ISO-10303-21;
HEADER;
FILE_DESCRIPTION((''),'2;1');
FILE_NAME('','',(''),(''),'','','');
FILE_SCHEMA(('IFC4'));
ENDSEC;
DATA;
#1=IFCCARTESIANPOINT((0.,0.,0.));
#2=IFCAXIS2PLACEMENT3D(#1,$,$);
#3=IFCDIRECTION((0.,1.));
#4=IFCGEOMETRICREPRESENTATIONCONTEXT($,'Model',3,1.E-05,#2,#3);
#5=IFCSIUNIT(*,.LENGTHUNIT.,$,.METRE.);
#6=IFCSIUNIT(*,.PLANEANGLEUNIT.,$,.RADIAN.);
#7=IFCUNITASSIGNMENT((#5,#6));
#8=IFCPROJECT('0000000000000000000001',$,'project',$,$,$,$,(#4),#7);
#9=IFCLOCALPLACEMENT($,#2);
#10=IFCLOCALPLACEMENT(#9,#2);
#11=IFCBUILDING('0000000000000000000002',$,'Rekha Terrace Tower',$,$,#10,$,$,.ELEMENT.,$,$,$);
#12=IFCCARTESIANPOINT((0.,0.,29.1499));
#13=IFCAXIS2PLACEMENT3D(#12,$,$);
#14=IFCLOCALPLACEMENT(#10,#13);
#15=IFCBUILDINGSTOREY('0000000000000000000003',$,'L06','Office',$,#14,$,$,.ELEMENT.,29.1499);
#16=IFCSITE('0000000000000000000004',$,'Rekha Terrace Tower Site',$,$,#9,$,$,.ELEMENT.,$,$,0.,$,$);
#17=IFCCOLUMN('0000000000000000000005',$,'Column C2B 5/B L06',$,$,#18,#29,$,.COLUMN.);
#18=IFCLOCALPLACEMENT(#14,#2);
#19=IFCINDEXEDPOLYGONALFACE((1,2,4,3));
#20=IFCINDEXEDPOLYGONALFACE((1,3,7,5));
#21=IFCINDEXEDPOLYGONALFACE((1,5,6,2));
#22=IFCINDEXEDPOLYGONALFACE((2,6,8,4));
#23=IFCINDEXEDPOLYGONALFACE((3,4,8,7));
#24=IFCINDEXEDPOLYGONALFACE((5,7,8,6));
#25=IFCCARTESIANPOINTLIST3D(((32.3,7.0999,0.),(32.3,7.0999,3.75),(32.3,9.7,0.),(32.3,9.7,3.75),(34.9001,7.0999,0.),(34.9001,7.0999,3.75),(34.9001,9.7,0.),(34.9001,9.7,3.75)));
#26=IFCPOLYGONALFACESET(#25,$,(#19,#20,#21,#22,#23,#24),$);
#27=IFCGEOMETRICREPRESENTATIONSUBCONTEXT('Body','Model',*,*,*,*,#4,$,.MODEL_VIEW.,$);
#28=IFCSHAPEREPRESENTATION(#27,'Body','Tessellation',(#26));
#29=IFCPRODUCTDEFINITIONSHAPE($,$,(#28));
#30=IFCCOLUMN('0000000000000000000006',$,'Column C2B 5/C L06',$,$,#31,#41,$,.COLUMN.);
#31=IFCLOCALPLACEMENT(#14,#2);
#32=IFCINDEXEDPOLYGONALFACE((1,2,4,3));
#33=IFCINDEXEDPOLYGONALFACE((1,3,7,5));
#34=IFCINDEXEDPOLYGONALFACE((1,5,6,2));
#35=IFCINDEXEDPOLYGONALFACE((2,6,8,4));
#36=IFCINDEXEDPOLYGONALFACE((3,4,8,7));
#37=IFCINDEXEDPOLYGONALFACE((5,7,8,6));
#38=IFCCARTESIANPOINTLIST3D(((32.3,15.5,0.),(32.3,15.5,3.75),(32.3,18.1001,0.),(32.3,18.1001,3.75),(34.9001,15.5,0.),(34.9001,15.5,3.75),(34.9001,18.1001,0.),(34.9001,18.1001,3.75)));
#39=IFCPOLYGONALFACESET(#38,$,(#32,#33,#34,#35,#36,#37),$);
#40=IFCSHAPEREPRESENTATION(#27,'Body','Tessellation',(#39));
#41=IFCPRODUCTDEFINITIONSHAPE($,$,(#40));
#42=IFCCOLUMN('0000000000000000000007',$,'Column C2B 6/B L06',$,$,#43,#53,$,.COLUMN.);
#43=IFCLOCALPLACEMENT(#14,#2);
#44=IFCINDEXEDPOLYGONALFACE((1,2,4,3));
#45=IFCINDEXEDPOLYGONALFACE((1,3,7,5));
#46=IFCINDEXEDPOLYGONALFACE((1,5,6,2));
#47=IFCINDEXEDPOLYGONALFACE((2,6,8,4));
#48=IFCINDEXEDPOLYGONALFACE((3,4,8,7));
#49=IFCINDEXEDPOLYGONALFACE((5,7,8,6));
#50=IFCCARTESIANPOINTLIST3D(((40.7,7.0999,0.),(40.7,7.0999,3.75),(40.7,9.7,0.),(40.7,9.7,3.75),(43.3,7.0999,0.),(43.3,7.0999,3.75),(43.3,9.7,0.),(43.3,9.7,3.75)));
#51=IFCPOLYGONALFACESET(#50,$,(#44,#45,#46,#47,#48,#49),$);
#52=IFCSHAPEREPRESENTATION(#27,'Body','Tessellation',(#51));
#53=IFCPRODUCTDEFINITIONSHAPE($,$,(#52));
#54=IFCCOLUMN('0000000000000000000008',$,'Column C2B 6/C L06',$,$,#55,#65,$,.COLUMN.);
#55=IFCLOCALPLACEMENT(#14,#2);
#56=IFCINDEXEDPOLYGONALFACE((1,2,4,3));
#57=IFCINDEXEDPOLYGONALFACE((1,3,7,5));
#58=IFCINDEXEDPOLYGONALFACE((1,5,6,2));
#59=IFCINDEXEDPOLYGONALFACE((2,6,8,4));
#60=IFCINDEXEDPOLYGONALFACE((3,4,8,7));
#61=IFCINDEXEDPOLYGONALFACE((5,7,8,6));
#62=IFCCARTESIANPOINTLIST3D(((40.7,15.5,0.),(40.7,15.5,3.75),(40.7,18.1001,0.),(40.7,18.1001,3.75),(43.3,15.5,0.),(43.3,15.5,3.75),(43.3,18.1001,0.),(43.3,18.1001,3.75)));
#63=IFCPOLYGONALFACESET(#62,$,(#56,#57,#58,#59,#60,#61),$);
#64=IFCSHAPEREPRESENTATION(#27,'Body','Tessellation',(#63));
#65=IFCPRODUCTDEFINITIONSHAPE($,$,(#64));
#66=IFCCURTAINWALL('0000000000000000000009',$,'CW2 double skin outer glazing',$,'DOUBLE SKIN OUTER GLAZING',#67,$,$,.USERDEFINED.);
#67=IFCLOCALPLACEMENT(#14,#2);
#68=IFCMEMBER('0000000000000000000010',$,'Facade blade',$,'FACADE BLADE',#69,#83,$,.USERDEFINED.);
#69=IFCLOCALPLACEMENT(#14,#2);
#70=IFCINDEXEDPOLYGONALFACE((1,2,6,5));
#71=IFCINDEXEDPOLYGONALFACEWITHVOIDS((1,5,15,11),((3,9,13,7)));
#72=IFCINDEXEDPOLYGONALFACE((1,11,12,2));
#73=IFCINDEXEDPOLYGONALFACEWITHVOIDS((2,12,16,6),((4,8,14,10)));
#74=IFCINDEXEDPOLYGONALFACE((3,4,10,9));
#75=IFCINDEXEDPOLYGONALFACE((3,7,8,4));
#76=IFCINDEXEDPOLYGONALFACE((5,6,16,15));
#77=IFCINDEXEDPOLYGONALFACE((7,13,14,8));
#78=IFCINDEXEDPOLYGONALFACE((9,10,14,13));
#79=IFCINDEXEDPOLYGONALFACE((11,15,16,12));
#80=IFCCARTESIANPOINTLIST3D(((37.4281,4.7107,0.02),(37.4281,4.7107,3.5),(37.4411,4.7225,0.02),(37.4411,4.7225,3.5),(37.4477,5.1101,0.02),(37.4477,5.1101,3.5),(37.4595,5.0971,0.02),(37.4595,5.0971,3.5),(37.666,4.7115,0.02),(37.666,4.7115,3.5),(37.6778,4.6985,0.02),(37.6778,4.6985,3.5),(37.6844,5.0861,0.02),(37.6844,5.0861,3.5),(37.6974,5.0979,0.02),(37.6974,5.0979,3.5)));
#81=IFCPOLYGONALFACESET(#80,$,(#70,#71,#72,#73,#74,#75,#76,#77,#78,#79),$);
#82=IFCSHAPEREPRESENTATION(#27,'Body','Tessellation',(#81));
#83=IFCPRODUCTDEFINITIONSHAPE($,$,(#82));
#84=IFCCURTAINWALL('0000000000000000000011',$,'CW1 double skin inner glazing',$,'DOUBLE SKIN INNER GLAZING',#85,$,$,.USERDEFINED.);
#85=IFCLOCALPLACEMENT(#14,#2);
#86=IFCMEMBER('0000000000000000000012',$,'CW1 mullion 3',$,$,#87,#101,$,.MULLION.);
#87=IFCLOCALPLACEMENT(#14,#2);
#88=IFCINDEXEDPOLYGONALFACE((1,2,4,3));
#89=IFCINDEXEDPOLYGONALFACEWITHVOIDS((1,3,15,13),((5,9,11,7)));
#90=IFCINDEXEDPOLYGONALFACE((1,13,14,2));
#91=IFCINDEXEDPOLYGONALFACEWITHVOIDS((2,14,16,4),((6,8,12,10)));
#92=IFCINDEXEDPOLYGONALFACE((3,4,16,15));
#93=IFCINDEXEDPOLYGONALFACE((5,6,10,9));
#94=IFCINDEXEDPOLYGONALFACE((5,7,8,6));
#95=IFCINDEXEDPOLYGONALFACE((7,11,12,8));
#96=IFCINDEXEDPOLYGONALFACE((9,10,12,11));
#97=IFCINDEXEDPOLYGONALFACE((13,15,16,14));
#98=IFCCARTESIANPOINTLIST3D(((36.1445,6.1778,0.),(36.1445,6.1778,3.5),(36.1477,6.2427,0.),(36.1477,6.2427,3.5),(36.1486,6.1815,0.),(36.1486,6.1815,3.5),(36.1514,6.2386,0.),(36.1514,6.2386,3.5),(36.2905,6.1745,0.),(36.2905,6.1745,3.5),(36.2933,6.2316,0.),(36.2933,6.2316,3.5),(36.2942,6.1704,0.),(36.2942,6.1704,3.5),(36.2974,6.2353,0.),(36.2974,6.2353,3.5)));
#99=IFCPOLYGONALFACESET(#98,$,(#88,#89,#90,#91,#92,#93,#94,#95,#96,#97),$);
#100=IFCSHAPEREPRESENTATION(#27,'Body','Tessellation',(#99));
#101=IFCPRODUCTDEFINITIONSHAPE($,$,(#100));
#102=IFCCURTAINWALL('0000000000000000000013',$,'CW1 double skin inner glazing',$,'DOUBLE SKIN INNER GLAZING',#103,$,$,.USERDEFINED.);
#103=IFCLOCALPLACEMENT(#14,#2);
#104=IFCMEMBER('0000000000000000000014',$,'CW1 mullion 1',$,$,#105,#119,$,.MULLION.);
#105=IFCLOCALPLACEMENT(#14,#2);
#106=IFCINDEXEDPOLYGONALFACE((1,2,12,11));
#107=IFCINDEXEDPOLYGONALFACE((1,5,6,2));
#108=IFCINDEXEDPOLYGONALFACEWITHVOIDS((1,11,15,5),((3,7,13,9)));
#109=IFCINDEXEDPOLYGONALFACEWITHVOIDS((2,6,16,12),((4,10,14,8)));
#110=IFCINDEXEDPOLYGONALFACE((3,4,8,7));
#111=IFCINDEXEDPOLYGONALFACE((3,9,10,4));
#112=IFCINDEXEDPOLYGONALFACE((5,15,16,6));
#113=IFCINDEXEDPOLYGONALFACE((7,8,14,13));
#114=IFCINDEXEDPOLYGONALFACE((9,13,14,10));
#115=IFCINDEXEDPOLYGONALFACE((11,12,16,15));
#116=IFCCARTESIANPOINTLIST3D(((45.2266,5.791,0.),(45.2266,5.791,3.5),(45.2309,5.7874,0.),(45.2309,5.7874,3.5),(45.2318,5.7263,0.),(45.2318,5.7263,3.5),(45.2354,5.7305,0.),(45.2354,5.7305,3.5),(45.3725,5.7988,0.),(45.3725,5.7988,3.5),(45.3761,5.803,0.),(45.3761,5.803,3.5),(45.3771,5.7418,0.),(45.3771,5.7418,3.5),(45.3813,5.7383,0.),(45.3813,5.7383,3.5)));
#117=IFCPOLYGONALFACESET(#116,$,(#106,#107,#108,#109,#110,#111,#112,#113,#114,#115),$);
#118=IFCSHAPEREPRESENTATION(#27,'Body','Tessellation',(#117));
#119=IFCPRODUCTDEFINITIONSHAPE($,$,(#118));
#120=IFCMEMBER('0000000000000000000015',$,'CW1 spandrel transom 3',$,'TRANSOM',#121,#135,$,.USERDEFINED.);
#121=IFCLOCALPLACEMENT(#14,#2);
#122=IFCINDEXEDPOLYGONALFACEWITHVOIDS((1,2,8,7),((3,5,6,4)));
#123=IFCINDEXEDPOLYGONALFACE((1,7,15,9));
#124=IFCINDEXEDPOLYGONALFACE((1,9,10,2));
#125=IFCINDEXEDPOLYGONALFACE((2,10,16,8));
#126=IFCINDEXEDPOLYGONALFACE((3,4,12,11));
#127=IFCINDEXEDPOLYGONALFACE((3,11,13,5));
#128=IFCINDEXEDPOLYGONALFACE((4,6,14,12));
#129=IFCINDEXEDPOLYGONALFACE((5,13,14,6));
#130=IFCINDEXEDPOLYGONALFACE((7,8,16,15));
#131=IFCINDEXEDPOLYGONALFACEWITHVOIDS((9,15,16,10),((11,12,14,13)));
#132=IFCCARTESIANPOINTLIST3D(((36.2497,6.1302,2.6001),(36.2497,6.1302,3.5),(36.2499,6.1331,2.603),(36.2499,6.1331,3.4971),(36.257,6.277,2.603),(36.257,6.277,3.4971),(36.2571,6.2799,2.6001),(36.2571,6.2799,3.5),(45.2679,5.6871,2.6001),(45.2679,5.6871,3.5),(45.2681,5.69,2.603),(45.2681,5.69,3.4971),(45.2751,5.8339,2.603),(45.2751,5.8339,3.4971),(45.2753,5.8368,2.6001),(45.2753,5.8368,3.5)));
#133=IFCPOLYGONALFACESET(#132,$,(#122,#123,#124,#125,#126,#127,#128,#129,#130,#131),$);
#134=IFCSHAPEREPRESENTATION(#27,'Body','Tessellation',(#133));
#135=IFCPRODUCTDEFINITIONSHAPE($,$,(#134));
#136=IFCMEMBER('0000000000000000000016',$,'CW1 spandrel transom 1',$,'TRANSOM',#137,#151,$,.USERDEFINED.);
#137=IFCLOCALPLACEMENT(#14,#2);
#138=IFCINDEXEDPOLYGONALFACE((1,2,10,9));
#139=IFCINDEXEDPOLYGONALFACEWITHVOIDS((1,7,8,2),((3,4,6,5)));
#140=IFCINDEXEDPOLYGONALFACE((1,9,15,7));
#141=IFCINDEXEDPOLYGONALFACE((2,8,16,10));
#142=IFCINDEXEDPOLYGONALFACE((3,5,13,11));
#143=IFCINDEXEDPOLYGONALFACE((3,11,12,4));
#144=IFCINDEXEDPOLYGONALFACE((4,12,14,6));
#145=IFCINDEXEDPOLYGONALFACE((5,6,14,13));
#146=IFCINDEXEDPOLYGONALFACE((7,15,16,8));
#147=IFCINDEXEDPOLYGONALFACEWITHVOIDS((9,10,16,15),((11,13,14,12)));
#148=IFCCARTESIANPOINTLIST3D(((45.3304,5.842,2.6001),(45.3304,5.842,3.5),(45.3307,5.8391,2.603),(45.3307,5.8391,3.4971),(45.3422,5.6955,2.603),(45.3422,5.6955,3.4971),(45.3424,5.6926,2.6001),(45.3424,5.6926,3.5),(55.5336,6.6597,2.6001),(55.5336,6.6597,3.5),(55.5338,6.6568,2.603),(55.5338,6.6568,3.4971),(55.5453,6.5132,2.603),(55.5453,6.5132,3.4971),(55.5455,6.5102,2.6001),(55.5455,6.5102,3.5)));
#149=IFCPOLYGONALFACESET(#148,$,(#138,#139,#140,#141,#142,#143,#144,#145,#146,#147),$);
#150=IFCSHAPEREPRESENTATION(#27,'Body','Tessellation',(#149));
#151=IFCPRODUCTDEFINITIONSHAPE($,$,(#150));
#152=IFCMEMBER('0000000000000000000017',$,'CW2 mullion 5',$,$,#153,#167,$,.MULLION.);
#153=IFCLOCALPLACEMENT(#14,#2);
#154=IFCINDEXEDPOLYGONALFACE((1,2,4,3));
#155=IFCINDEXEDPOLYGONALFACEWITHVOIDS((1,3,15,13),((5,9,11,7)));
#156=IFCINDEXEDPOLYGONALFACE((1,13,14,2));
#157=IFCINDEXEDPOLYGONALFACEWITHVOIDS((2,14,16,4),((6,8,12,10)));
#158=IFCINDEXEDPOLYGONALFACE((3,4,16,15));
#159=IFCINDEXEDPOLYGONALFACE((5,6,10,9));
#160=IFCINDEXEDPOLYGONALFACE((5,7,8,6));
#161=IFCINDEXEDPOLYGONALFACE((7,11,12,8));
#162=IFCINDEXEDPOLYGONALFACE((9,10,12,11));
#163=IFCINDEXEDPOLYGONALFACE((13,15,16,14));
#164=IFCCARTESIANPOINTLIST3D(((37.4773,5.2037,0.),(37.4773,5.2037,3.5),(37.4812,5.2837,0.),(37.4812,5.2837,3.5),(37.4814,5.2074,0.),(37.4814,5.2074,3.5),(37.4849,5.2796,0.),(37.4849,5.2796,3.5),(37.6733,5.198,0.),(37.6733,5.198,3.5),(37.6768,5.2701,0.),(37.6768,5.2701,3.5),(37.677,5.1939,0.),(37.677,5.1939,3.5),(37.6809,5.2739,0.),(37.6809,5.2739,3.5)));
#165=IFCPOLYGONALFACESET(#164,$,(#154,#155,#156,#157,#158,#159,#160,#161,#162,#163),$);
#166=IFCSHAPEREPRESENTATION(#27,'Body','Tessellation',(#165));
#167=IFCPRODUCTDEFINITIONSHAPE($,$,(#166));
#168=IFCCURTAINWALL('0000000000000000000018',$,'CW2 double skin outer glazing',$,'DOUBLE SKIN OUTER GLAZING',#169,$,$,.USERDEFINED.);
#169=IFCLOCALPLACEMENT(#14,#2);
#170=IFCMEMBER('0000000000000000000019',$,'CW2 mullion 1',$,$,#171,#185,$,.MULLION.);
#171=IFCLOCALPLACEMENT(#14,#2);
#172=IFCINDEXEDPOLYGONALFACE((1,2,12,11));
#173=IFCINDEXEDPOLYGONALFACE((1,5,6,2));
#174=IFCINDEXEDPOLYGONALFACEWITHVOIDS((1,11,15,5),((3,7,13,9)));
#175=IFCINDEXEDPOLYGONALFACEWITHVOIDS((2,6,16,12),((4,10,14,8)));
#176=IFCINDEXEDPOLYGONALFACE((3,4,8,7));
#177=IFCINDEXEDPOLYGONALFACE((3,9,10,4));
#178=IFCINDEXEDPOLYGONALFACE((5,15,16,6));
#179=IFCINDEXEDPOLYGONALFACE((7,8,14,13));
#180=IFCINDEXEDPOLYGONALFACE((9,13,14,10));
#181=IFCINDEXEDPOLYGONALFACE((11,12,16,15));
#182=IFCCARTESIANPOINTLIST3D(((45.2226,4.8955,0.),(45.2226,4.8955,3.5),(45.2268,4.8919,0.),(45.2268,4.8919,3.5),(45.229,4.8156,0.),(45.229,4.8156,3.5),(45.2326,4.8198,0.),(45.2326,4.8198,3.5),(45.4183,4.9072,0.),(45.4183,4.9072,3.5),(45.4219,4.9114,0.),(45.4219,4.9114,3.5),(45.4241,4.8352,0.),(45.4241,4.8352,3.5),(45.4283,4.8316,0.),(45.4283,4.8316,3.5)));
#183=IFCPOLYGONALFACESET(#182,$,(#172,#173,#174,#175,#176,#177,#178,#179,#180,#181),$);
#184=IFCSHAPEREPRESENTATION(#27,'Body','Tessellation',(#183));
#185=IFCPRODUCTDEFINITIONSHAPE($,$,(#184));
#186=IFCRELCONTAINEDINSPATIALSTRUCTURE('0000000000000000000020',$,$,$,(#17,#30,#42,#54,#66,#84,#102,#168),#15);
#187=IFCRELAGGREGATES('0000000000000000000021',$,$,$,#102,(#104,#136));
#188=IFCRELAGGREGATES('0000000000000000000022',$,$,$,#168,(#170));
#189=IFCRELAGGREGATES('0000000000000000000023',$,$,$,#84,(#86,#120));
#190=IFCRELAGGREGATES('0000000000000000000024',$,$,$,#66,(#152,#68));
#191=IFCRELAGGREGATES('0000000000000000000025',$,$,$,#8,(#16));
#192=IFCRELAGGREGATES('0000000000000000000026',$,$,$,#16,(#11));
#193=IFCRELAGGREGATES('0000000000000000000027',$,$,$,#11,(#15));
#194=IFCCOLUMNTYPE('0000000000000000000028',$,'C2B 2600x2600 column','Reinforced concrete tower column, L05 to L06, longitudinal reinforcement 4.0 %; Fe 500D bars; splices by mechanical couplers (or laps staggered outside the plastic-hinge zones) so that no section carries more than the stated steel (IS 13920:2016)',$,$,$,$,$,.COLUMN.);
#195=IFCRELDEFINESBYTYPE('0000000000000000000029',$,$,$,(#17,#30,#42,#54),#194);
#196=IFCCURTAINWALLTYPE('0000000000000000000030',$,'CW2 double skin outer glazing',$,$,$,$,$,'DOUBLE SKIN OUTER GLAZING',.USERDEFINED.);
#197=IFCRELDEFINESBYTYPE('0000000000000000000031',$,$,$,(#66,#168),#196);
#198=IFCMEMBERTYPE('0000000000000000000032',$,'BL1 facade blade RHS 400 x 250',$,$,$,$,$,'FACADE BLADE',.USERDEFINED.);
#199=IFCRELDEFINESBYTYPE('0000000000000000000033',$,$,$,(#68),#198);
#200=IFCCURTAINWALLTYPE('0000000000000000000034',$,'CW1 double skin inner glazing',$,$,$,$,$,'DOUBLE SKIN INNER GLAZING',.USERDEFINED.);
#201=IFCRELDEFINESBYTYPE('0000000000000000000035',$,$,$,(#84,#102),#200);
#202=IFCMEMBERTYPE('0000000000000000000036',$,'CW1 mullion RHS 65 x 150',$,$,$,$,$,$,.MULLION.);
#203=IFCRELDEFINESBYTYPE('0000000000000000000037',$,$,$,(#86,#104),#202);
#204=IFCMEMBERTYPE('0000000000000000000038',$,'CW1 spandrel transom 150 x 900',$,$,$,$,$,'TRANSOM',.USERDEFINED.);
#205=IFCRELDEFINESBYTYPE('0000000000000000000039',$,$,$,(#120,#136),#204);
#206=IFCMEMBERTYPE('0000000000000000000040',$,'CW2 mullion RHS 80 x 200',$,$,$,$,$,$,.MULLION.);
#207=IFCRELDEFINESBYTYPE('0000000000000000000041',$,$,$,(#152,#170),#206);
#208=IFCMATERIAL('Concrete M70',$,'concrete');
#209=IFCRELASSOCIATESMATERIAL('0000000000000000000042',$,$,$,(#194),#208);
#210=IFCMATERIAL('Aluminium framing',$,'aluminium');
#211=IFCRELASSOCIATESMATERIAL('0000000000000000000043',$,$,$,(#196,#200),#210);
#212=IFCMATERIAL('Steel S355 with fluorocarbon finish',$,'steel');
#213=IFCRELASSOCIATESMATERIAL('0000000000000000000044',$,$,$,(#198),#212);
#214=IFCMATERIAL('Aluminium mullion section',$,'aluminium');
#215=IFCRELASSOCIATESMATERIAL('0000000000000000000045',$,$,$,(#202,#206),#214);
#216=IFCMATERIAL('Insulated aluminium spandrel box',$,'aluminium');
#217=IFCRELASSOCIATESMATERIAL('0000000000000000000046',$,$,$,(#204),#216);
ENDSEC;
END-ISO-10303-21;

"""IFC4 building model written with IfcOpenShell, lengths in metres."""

from ifc_helpers import new_model, si_unit, direction, frame, origin, origin_2d, place, context, subcontext, project, spatial, rectangle, hollow_rectangle, extrude, material, material_profile, profile_set, type_object, element, aggregate, save


model = new_model("IFC4")

# Units and contexts
model_context = context("Model", 3, precision=1e-05, world=origin(), true_north=direction((0.0, 1.0)))
body_context = subcontext(model_context, "Body", "Model", "MODEL_VIEW")
ifc_project = project(units=[si_unit("LENGTHUNIT", "METRE"), si_unit("PLANEANGLEUNIT", "RADIAN")], contexts=[model_context])

# Site, building, storey
site_placement = place(None, origin())
site = spatial("IfcSite", under=ifc_project, at=site_placement, Name="Rekha Terrace Tower Site", CompositionType="ELEMENT", RefElevation=0.0)
building_placement = place(site_placement, origin())
building = spatial("IfcBuilding", under=site, at=building_placement, Name="Rekha Terrace Tower", CompositionType="ELEMENT")
storey_placement = place(building_placement, frame((0.0, 0.0, 29.1499)))
storey = spatial("IfcBuildingStorey", under=building, at=storey_placement, Name="L06", Description="Office", CompositionType="ELEMENT", Elevation=29.1499)

# Columns
ifc_material_1 = material(Name="Concrete M70", Category="concrete")
ifc_material_profile_1 = material_profile(ifc_material_1, rectangle(XDim=2.6001, YDim=2.6001, at=origin_2d()), Name="RC 2600x2600")
ifc_profile_set_1 = profile_set([ifc_material_profile_1], Name="Concrete M70")
column_type = type_object("IfcColumnType", Name="C2B 2600x2600 column", Description="Reinforced concrete tower column, L05 to L06, longitudinal reinforcement 4.0 %; Fe 500D bars; splices by mechanical couplers (or laps staggered outside the plastic-hinge zones) so that no section carries more than the stated steel (IS 13920:2016)", PredefinedType="COLUMN", material=ifc_profile_set_1)
for number, where, z_axis, x_axis, name in (
    (1, (33.6001, 8.3999, 0.0), (0.0, 0.0, 1.0), (1.0, 0.0, 0.0), "Column C2B 5/B L06"),
    (2, (33.6001, 16.8, 0.0), (0.0, 0.0, 1.0), (1.0, 0.0, 0.0), "Column C2B 5/C L06"),
    (3, (42.0, 8.3999, 0.0), (0.0, 0.0, 1.0), (1.0, 0.0, 0.0), "Column C2B 6/B L06"),
    (4, (42.0, 16.8, 0.0), (0.0, 0.0, 1.0), (1.0, 0.0, 0.0), "Column C2B 6/C L06"),
):
    element("IfcColumn", number, at=place(storey_placement, frame(where, z_axis=z_axis, x_axis=x_axis)), inside=storey, type_object=column_type, Name=name, PredefinedType="COLUMN", context=body_context, shape_type="SweptSolid", body=[
        extrude(rectangle(XDim=2.6001, YDim=2.6001, at=origin_2d()), origin(), (0.0, 0.0, 1.0), 3.75),
    ])

# Curtain walls, members
ifc_material_2 = material(Name="Aluminium framing", Category="aluminium")
curtain_wall_type_1 = type_object("IfcCurtainWallType", Name="CW2 double skin outer glazing", ElementType="DOUBLE SKIN OUTER GLAZING", PredefinedType="USERDEFINED", material=ifc_material_2)
curtain_wall_1_placement = place(storey_placement, origin())
curtain_wall_1 = element("IfcCurtainWall", 5, at=curtain_wall_1_placement, inside=storey, type_object=curtain_wall_type_1, Name="CW2 double skin outer glazing", ObjectType="DOUBLE SKIN OUTER GLAZING", PredefinedType="USERDEFINED")
ifc_material_3 = material(Name="Steel S355 with fluorocarbon finish", Category="steel")
ifc_material_profile_2 = material_profile(ifc_material_3, hollow_rectangle(XDim=0.25, YDim=0.3999, WallThickness=0.0125, at=origin_2d()), Name="RHS400x250x12.5")
ifc_profile_set_2 = profile_set([ifc_material_profile_2], Name="Steel S355 with fluorocarbon finish")
member_type_1 = type_object("IfcMemberType", Name="BL1 facade blade RHS 400 x 250", ElementType="FACADE BLADE", PredefinedType="USERDEFINED", material=ifc_profile_set_2)
member_1_placement = place(storey_placement, frame((37.5627, 4.9043, 0.02), z_axis=(0.0, 0.0, 1.0), x_axis=(0.998796, -0.049052, 0.0)))
member_1 = element("IfcMember", 6, at=member_1_placement, type_object=member_type_1, Name="Facade blade", ObjectType="FACADE BLADE", PredefinedType="USERDEFINED", context=body_context, shape_type="SweptSolid", body=[
    extrude(hollow_rectangle(XDim=0.25, YDim=0.3999, WallThickness=0.0125, at=origin_2d()), origin(), (0.0, 0.0, 1.0), 3.48),
])
curtain_wall_type_2 = type_object("IfcCurtainWallType", Name="CW1 double skin inner glazing", ElementType="DOUBLE SKIN INNER GLAZING", PredefinedType="USERDEFINED", material=ifc_material_2)
curtain_wall_2_placement = place(storey_placement, origin())
curtain_wall_2 = element("IfcCurtainWall", 7, at=curtain_wall_2_placement, inside=storey, type_object=curtain_wall_type_2, Name="CW1 double skin inner glazing", ObjectType="DOUBLE SKIN INNER GLAZING", PredefinedType="USERDEFINED")
ifc_material_4 = material(Name="Aluminium mullion section", Category="aluminium")
ifc_material_profile_3 = material_profile(ifc_material_4, hollow_rectangle(XDim=0.0649, YDim=0.1499, WallThickness=0.0039, at=origin_2d()), Name="AL RHS 65x150")
ifc_profile_set_3 = profile_set([ifc_material_profile_3], Name="Aluminium mullion section")
member_type_2 = type_object("IfcMemberType", Name="CW1 mullion RHS 65 x 150", PredefinedType="MULLION", material=ifc_profile_set_3)
member_2_placement = place(storey_placement, frame((36.2209, 6.2065, 0.0), z_axis=(0.0, 0.0, 1.0), x_axis=(0.049052, 0.998796, 0.0)))
member_2 = element("IfcMember", 8, at=member_2_placement, type_object=member_type_2, Name="CW1 mullion 3", PredefinedType="MULLION", context=body_context, shape_type="SweptSolid", body=[
    extrude(hollow_rectangle(XDim=0.0649, YDim=0.1499, WallThickness=0.0039, at=origin_2d()), origin(), (0.0, 0.0, 1.0), 3.5),
])
curtain_wall_3_placement = place(storey_placement, origin())
curtain_wall_3 = element("IfcCurtainWall", 9, at=curtain_wall_3_placement, inside=storey, type_object=curtain_wall_type_2, Name="CW1 double skin inner glazing", ObjectType="DOUBLE SKIN INNER GLAZING", PredefinedType="USERDEFINED")
member_3_placement = place(storey_placement, frame((45.304, 5.7646, 0.0), z_axis=(0.0, 0.0, 1.0), x_axis=(-0.079872, 0.996805, 0.0)))
member_3 = element("IfcMember", 10, at=member_3_placement, type_object=member_type_2, Name="CW1 mullion 1", PredefinedType="MULLION", context=body_context, shape_type="SweptSolid", body=[
    extrude(hollow_rectangle(XDim=0.0649, YDim=0.1499, WallThickness=0.0039, at=origin_2d()), origin(), (0.0, 0.0, 1.0), 3.5),
])

# Members
ifc_material_5 = material(Name="Insulated aluminium spandrel box", Category="aluminium")
ifc_material_profile_4 = material_profile(ifc_material_5, hollow_rectangle(XDim=0.1499, YDim=0.8999, WallThickness=0.0029, at=origin_2d()), Name="AL SPANDREL BOX 150x900")
ifc_profile_set_4 = profile_set([ifc_material_profile_4], Name="Insulated aluminium spandrel box")
member_type_3 = type_object("IfcMemberType", Name="CW1 spandrel transom 150 x 900", ElementType="TRANSOM", PredefinedType="USERDEFINED", material=ifc_profile_set_4)
member_4_placement = place(storey_placement, frame((36.2534, 6.2051, 3.05), z_axis=(0.998795, -0.049077, 0.0), x_axis=(0.049077, 0.998795, 0.0)))
member_4 = element("IfcMember", 11, at=member_4_placement, type_object=member_type_3, Name="CW1 spandrel transom 3", ObjectType="TRANSOM", PredefinedType="USERDEFINED", context=body_context, shape_type="SweptSolid", body=[
    extrude(hollow_rectangle(XDim=0.1499, YDim=0.8999, WallThickness=0.0029, at=origin_2d()), origin(), (0.0, 0.0, 1.0), 9.0291),
])
member_5_placement = place(storey_placement, frame((45.3364, 5.7673, 3.05), z_axis=(0.996805, 0.079879, 0.0), x_axis=(-0.079879, 0.996805, 0.0)))
member_5 = element("IfcMember", 12, at=member_5_placement, type_object=member_type_3, Name="CW1 spandrel transom 1", ObjectType="TRANSOM", PredefinedType="USERDEFINED", context=body_context, shape_type="SweptSolid", body=[
    extrude(hollow_rectangle(XDim=0.1499, YDim=0.8999, WallThickness=0.0029, at=origin_2d()), origin(), (0.0, 0.0, 1.0), 10.2358),
])
aggregate(curtain_wall_3, [member_3, member_5])
ifc_material_profile_5 = material_profile(ifc_material_4, hollow_rectangle(XDim=0.0801, YDim=0.2, WallThickness=0.0039, at=origin_2d()), Name="AL RHS 80x200")
ifc_profile_set_5 = profile_set([ifc_material_profile_5], Name="Aluminium mullion section")
member_type_4 = type_object("IfcMemberType", Name="CW2 mullion RHS 80 x 200", PredefinedType="MULLION", material=ifc_profile_set_5)
member_6_placement = place(storey_placement, frame((37.5791, 5.2388, 0.0), z_axis=(0.0, 0.0, 1.0), x_axis=(0.049052, 0.998796, 0.0)))
member_6 = element("IfcMember", 13, at=member_6_placement, type_object=member_type_4, Name="CW2 mullion 5", PredefinedType="MULLION", context=body_context, shape_type="SweptSolid", body=[
    extrude(hollow_rectangle(XDim=0.0801, YDim=0.2, WallThickness=0.0039, at=origin_2d()), origin(), (0.0, 0.0, 1.0), 3.5),
])

# Curtain wall, member
curtain_wall_4_placement = place(storey_placement, origin())
curtain_wall_4 = element("IfcCurtainWall", 14, at=curtain_wall_4_placement, inside=storey, type_object=curtain_wall_type_1, Name="CW2 double skin outer glazing", ObjectType="DOUBLE SKIN OUTER GLAZING", PredefinedType="USERDEFINED")
member_7_placement = place(storey_placement, frame((45.3254, 4.8635, 0.0), z_axis=(0.0, 0.0, 1.0), x_axis=(-0.079872, 0.996805, 0.0)))
member_7 = element("IfcMember", 15, at=member_7_placement, type_object=member_type_4, Name="CW2 mullion 1", PredefinedType="MULLION", context=body_context, shape_type="SweptSolid", body=[
    extrude(hollow_rectangle(XDim=0.0801, YDim=0.2, WallThickness=0.0039, at=origin_2d()), origin(), (0.0, 0.0, 1.0), 3.5),
])

aggregate(curtain_wall_4, [member_7])

aggregate(curtain_wall_2, [member_2, member_4])
aggregate(curtain_wall_1, [member_6, member_1])

save(model, "model.ifc")
